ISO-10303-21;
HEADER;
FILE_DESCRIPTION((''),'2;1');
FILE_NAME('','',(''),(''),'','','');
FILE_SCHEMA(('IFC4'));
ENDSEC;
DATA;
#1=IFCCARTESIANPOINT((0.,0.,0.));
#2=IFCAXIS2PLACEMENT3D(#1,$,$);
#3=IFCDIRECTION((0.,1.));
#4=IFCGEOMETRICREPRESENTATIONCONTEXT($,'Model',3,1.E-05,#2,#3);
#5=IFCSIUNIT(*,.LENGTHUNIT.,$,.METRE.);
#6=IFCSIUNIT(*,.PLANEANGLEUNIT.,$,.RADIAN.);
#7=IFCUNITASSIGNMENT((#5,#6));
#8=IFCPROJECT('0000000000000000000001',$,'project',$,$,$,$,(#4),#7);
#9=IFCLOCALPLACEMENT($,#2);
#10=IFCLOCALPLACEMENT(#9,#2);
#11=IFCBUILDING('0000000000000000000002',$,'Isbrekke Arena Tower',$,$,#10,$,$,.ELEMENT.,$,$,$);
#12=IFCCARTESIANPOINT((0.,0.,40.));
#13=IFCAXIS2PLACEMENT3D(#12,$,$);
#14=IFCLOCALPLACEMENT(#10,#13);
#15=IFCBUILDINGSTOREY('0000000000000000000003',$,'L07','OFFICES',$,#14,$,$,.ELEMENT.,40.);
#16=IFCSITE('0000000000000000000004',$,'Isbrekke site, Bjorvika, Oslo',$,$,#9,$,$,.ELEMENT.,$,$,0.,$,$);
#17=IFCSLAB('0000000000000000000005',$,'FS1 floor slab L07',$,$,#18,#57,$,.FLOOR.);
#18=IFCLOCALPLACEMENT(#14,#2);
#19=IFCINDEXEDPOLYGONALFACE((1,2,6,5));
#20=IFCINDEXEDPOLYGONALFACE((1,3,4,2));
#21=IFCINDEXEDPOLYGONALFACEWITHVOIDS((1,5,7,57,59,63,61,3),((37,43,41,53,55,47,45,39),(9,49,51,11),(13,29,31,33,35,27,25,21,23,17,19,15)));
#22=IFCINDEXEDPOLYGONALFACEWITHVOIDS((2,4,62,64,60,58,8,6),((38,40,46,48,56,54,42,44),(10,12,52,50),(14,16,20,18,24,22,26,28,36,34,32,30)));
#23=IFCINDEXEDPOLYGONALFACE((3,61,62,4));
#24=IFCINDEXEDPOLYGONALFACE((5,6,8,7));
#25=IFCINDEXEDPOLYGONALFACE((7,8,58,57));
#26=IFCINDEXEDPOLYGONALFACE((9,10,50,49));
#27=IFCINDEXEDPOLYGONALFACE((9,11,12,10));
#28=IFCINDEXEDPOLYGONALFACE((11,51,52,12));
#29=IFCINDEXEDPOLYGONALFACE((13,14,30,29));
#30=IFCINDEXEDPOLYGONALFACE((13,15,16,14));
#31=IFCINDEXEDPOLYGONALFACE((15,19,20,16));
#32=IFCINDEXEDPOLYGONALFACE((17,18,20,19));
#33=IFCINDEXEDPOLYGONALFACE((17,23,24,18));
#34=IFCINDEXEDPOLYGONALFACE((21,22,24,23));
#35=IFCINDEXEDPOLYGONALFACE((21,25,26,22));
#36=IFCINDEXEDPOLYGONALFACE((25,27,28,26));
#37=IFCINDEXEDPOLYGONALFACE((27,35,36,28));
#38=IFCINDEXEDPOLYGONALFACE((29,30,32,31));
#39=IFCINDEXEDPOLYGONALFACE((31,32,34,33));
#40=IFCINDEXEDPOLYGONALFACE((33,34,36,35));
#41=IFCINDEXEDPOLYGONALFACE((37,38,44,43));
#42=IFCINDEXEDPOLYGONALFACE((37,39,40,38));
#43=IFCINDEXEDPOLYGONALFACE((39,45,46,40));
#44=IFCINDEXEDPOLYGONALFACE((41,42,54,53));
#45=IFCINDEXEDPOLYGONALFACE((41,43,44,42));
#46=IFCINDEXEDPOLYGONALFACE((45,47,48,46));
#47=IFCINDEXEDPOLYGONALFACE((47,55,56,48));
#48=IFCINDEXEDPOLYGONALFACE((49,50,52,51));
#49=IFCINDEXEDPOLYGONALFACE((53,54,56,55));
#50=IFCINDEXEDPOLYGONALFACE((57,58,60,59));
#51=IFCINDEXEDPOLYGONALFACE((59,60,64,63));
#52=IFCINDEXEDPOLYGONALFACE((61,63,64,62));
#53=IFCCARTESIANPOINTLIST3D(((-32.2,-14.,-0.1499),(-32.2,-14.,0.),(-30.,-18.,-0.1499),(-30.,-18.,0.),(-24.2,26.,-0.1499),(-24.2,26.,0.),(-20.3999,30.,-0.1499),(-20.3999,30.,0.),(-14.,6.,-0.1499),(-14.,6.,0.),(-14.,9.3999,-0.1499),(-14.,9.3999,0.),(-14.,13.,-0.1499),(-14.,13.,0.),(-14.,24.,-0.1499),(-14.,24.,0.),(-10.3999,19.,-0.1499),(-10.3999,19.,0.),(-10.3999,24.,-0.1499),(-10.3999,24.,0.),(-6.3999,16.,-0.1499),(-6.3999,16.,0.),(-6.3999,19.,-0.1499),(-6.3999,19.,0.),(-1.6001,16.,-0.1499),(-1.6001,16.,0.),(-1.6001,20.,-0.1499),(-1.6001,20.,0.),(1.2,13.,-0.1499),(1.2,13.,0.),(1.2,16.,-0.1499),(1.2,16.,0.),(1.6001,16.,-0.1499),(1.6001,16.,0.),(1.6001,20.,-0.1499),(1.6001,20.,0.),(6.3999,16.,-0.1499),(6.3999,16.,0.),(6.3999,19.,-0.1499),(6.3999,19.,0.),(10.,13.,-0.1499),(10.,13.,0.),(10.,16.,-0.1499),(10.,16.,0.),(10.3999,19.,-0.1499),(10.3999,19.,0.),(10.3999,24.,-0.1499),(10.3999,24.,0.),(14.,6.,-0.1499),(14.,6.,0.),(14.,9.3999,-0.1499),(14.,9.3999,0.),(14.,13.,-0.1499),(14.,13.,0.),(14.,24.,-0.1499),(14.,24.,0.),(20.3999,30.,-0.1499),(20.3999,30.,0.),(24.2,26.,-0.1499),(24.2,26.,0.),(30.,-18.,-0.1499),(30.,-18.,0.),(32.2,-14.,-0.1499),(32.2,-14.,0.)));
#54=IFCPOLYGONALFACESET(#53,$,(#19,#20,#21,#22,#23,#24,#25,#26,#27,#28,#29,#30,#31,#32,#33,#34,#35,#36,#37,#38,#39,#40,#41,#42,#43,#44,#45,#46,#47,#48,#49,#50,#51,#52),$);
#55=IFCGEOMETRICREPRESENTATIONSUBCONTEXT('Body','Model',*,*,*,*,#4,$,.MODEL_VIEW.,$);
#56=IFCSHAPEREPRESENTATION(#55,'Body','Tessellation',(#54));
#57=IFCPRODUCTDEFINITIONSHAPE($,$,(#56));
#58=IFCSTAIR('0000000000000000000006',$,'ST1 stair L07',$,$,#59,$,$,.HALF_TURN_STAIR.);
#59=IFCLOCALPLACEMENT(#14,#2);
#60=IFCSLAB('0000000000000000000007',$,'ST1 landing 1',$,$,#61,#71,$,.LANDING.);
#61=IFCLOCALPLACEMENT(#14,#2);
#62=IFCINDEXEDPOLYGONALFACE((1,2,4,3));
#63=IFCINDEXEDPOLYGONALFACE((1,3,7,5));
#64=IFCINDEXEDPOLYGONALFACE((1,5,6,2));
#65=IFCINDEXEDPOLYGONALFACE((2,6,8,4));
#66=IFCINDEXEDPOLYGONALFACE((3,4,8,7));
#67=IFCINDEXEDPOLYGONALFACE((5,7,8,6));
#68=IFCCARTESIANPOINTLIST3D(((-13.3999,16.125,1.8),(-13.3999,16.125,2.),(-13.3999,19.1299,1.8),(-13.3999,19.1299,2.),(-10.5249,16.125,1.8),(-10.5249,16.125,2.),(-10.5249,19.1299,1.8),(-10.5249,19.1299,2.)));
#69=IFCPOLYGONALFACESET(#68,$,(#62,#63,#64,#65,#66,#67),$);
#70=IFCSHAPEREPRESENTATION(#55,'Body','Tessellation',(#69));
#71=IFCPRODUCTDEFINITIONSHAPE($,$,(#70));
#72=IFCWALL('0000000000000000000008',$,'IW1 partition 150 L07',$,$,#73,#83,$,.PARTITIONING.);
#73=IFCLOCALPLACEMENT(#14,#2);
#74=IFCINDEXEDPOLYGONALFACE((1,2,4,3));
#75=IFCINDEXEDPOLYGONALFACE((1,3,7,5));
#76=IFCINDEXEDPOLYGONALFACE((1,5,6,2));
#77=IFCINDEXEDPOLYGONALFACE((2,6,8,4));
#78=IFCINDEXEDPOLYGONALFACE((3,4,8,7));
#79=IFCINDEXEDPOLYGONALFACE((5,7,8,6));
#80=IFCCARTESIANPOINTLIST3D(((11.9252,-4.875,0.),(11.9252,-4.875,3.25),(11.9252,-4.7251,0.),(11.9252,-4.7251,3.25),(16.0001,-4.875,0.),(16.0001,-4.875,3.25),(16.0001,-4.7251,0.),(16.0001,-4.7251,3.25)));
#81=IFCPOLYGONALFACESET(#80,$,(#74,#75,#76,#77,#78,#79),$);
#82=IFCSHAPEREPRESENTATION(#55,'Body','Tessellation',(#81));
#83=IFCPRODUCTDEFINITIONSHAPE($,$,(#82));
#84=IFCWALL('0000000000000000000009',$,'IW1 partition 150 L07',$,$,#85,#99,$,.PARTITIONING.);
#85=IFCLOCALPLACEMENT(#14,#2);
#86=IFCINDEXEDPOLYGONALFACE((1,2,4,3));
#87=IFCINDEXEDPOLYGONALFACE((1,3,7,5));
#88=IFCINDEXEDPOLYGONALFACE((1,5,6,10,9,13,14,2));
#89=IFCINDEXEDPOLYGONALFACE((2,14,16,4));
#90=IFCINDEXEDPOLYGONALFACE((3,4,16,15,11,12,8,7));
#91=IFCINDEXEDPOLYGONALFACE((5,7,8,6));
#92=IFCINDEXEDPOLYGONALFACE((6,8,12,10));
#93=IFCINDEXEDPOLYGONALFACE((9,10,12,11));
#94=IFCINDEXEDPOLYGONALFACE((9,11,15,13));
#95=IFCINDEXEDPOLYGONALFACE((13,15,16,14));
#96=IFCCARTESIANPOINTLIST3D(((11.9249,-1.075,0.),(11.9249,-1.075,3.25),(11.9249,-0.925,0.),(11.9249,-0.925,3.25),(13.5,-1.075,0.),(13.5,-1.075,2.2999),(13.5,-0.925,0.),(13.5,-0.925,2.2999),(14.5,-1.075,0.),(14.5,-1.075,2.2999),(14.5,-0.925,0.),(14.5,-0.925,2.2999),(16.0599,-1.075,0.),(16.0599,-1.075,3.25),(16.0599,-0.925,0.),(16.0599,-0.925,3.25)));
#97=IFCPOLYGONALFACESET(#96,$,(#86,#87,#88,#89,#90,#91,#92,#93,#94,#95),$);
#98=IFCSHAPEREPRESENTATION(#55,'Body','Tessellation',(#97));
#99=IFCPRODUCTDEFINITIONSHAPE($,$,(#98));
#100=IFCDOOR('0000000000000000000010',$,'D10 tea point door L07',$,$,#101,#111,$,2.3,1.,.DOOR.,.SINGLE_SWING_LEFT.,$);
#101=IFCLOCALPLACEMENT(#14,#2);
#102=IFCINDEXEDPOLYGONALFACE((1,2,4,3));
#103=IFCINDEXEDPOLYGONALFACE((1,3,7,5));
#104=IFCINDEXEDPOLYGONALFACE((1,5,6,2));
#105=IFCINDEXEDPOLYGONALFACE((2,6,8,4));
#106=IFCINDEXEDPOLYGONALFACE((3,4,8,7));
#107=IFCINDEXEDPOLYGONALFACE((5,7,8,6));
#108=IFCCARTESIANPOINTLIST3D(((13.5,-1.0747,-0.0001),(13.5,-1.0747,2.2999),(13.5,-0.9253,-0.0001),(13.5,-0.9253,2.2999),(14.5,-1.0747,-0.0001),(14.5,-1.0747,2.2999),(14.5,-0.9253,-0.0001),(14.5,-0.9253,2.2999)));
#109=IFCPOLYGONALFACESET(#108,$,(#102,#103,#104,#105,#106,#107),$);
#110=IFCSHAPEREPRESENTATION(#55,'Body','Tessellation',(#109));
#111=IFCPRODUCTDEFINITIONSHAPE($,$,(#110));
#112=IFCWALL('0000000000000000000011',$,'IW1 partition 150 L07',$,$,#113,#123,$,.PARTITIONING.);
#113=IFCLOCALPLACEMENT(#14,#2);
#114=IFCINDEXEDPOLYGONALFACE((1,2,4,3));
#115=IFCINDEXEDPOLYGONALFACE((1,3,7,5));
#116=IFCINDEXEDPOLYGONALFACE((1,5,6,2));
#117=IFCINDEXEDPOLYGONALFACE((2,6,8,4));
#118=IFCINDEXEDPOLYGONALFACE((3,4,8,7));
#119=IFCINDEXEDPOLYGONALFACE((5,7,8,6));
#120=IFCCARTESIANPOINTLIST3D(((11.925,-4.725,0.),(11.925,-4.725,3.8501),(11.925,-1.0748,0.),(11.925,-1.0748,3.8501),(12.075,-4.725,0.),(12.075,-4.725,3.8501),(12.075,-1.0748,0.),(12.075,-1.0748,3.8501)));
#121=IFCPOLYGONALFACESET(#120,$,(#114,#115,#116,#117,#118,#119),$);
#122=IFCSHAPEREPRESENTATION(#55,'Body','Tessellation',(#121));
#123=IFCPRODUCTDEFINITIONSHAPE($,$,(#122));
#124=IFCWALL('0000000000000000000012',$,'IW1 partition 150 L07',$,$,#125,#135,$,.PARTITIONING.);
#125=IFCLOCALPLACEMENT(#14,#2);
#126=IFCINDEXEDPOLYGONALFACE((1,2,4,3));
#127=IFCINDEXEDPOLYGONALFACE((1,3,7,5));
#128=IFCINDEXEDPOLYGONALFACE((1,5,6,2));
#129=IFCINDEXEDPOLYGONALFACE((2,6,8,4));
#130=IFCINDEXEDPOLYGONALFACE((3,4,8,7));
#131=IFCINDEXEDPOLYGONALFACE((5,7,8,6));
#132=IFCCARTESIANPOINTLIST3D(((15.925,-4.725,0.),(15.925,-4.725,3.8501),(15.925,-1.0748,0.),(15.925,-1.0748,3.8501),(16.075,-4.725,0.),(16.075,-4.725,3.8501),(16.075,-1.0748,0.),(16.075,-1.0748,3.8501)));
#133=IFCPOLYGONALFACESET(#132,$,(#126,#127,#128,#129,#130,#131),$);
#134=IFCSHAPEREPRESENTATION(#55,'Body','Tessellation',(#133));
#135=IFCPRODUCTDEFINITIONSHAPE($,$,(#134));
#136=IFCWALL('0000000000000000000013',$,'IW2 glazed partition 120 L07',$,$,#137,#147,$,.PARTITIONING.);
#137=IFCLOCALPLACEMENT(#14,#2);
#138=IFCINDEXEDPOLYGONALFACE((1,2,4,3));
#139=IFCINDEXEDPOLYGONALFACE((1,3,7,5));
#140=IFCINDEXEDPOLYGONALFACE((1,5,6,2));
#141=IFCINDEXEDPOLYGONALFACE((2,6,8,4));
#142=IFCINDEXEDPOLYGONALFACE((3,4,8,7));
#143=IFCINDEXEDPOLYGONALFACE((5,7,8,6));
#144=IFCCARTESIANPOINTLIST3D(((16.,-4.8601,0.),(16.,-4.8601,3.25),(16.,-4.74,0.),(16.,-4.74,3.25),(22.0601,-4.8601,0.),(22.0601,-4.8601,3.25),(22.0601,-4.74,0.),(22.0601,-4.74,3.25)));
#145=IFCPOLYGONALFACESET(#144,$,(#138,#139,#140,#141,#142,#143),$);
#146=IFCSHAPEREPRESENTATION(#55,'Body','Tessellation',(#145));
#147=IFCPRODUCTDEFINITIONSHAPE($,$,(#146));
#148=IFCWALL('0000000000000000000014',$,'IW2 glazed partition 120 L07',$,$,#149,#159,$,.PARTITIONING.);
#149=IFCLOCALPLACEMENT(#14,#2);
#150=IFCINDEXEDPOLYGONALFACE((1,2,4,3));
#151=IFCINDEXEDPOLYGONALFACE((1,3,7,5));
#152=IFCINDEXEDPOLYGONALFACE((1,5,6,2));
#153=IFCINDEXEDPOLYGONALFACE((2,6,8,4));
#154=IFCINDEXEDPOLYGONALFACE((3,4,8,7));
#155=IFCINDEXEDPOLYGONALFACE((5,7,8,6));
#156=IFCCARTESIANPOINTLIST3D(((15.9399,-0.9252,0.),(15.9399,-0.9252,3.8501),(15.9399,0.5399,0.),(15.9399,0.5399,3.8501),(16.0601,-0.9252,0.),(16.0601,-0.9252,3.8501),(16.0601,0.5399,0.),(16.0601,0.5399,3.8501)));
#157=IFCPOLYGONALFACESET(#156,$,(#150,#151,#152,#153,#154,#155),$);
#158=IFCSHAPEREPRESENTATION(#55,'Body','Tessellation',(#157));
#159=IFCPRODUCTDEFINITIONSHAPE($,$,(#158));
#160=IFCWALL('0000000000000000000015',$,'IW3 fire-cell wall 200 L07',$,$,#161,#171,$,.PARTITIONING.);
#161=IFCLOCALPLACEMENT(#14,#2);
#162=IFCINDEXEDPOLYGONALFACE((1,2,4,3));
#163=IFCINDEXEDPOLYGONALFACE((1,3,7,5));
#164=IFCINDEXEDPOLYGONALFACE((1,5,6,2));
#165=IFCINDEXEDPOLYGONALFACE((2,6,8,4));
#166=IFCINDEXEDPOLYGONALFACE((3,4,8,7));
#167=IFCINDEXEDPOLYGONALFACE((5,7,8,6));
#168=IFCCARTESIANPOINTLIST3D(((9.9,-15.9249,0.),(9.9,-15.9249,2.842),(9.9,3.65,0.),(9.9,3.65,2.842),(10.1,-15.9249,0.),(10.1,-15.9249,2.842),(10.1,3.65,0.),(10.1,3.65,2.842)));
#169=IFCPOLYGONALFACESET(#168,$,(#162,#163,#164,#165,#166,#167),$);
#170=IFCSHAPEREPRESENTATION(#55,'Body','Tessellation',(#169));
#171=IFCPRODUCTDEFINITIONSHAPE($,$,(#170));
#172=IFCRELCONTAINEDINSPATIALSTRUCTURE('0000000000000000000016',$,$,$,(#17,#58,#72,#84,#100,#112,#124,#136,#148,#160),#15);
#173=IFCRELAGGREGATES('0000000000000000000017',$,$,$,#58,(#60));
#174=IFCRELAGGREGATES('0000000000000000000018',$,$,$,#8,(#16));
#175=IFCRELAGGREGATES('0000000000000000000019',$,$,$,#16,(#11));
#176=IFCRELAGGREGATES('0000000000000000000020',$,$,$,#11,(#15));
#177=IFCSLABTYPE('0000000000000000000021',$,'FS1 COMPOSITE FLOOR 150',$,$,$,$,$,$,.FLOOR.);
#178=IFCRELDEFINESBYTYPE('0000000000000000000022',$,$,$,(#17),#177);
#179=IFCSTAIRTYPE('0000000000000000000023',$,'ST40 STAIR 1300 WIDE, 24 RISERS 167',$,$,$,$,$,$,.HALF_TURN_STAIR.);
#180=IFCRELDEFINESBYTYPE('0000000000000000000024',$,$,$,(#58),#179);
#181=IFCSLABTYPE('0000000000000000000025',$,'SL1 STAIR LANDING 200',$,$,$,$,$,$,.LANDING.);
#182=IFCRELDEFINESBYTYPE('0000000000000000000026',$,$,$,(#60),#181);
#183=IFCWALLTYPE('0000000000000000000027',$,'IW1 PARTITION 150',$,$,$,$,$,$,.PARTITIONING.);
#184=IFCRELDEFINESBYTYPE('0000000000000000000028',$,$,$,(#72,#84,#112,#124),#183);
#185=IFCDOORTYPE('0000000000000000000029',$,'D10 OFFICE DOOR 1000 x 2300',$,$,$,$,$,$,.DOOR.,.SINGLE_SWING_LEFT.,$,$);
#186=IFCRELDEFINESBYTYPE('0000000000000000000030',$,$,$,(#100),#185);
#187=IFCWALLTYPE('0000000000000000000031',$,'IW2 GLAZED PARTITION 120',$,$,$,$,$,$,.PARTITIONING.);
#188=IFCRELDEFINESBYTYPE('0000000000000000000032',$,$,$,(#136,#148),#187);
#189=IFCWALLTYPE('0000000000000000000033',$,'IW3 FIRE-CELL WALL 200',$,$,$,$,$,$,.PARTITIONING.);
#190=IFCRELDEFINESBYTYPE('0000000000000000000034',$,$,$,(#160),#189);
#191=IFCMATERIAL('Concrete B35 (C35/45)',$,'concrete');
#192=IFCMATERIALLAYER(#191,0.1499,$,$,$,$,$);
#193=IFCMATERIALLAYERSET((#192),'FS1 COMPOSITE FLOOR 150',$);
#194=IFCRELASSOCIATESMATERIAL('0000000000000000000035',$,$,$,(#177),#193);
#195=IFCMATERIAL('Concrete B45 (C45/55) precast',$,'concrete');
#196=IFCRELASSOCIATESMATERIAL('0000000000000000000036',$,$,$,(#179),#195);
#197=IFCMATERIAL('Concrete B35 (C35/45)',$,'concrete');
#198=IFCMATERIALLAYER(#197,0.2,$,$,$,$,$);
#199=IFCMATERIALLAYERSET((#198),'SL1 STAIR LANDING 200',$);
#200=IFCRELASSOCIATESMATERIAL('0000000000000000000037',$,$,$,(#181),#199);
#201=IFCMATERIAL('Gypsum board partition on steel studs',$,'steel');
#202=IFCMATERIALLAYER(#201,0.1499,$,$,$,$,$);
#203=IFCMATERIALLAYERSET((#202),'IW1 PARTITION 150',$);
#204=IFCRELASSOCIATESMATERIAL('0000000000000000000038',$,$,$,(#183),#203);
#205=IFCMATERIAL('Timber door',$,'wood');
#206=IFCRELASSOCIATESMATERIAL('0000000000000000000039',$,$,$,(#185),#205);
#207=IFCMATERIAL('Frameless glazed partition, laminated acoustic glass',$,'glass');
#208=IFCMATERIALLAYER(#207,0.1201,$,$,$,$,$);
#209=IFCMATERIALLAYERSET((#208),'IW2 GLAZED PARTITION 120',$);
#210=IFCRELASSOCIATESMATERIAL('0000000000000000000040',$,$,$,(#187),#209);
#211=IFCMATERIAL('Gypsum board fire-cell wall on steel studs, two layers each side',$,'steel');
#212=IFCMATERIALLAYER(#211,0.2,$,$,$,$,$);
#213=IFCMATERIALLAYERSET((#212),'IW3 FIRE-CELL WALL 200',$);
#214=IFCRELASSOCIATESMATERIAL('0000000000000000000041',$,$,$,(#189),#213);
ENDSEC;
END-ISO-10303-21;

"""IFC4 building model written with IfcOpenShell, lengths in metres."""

from ifc_helpers import new_model, si_unit, direction, frame, frame_2d, origin, place, context, subcontext, project, spatial, polyline, rectangle, outline, extrude, material, layer, layer_set, type_object, element, fill, aggregate, save


model = new_model("IFC4")

# Units and contexts
model_context = context("Model", 3, precision=1e-05, world=origin(), true_north=direction((0.0, 1.0)))
body_context = subcontext(model_context, "Body", "Model", "MODEL_VIEW")
ifc_project = project(units=[si_unit("LENGTHUNIT", "METRE"), si_unit("PLANEANGLEUNIT", "RADIAN")], contexts=[model_context])

# Site, building, storey
site_placement = place(None, origin())
site = spatial("IfcSite", under=ifc_project, at=site_placement, Name="Isbrekke site, Bjorvika, Oslo", CompositionType="ELEMENT", RefElevation=0.0)
building_placement = place(site_placement, origin())
building = spatial("IfcBuilding", under=site, at=building_placement, Name="Isbrekke Arena Tower", CompositionType="ELEMENT")
storey_placement = place(building_placement, frame((0.0, 0.0, 40.0)))
storey = spatial("IfcBuildingStorey", under=building, at=storey_placement, Name="L07", Description="OFFICES", CompositionType="ELEMENT", Elevation=40.0)

# Slab
ifc_material_1 = material(Name="Concrete B35 (C35/45)", Category="concrete")
ifc_layer_1 = layer(ifc_material_1, 0.1499)
ifc_layer_set_1 = layer_set([ifc_layer_1], Name="FS1 COMPOSITE FLOOR 150")
slab_type_1 = type_object("IfcSlabType", Name="FS1 COMPOSITE FLOOR 150", PredefinedType="FLOOR", material=ifc_layer_set_1)
slab_1_placement = place(storey_placement, frame((0.0, 0.0, -0.1499)))
element("IfcSlab", 1, at=slab_1_placement, inside=storey, type_object=slab_type_1, Name="FS1 floor slab L07", PredefinedType="FLOOR", context=body_context, shape_type="SweptSolid", body=[
    extrude(outline(polyline([(-30.0, -18.0), (30.0, -18.0), (32.2, -14.0), (24.2, 26.0), (20.3999, 30.0), (-20.3999, 30.0), (-24.2, 26.0), (-32.2, -14.0), (-30.0, -18.0)]), holes=[polyline([(14.0, 9.3999), (14.0, 6.0), (-14.0, 6.0), (-14.0, 9.3999), (14.0, 9.3999)]), polyline([(-6.3999, 19.0), (-6.3999, 16.0), (-1.6001, 16.0), (-1.6001, 20.0), (1.6001, 20.0), (1.6001, 16.0), (1.2, 16.0), (1.2, 13.0), (-14.0, 13.0), (-14.0, 24.0), (-10.3999, 24.0), (-10.3999, 19.0), (-6.3999, 19.0)]), polyline([(10.0, 13.0), (10.0, 16.0), (6.3999, 16.0), (6.3999, 19.0), (10.3999, 19.0), (10.3999, 24.0), (14.0, 24.0), (14.0, 13.0), (10.0, 13.0)])]), origin(), (0.0, 0.0, 1.0), 0.1499),
])

# Stair, slab
ifc_material_2 = material(Name="Concrete B45 (C45/55) precast", Category="concrete")
stair_type = type_object("IfcStairType", Name="ST40 STAIR 1300 WIDE, 24 RISERS 167", PredefinedType="HALF_TURN_STAIR", material=ifc_material_2)
stair_placement = place(storey_placement, origin())
stair = element("IfcStair", 2, at=stair_placement, inside=storey, type_object=stair_type, Name="ST1 stair L07", PredefinedType="HALF_TURN_STAIR")
ifc_material_3 = material(Name="Concrete B35 (C35/45)", Category="concrete")
ifc_layer_2 = layer(ifc_material_3, 0.2)
ifc_layer_set_2 = layer_set([ifc_layer_2], Name="SL1 STAIR LANDING 200")
slab_type_2 = type_object("IfcSlabType", Name="SL1 STAIR LANDING 200", PredefinedType="LANDING", material=ifc_layer_set_2)
slab_2_placement = place(storey_placement, frame((0.0, 0.0, 1.8)))
slab_2 = element("IfcSlab", 3, at=slab_2_placement, type_object=slab_type_2, Name="ST1 landing 1", PredefinedType="LANDING", context=body_context, shape_type="SweptSolid", body=[
    extrude(outline(polyline([(-13.3999, 16.125), (-10.5249, 16.125), (-10.5249, 19.1299), (-13.3999, 19.1299), (-13.3999, 16.125)])), origin(), (0.0, 0.0, 1.0), 0.2),
])
aggregate(stair, [slab_2])

# Wall
ifc_material_4 = material(Name="Gypsum board partition on steel studs", Category="steel")
ifc_layer_3 = layer(ifc_material_4, 0.1499)
ifc_layer_set_3 = layer_set([ifc_layer_3], Name="IW1 PARTITION 150")
wall_type_1 = type_object("IfcWallType", Name="IW1 PARTITION 150", PredefinedType="PARTITIONING", material=ifc_layer_set_3)
wall_1_placement = place(storey_placement, frame((11.925, -4.8, 0.0), z_axis=(0.0, 0.0, 1.0), x_axis=(1.0, 0.0, 0.0)))
element("IfcWall", 4, at=wall_1_placement, inside=storey, type_object=wall_type_1, Name="IW1 partition 150 L07", PredefinedType="PARTITIONING", context=body_context, shape_type="SweptSolid", body=[
    extrude(rectangle(XDim=4.075, YDim=0.1499, at=frame_2d((2.0376, 0.0))), origin(), (0.0, 0.0, 1.0), 3.25),
])

# Wall, opening, door
wall_2_placement = place(storey_placement, frame((11.925, -1.0, 0.0), z_axis=(0.0, 0.0, 1.0), x_axis=(1.0, 0.0, 0.0)))
wall_2 = element("IfcWall", 5, at=wall_2_placement, inside=storey, type_object=wall_type_1, Name="IW1 partition 150 L07", PredefinedType="PARTITIONING", context=body_context, shape_type="SweptSolid", body=[
    extrude(rectangle(XDim=4.135, YDim=0.1499, at=frame_2d((2.0674, 0.0))), origin(), (0.0, 0.0, 1.0), 3.25),
])
opening_placement = place(wall_2_placement, frame((1.575, 0.0, 0.0)))
opening = element("IfcOpeningElement", 6, at=opening_placement, cuts=wall_2, PredefinedType="OPENING", context=body_context, shape_type="SweptSolid", body=[
    extrude(rectangle(XDim=1.0, YDim=2.3, at=frame_2d((0.5, 1.1499))), frame((0.0, 0.0898, 0.0), z_axis=(0.0, -1.0, 0.0), x_axis=(1.0, 0.0, 0.0)), (0.0, 0.0, 1.0), 0.1797),
])
ifc_material_5 = material(Name="Timber door", Category="wood")
door_type = type_object("IfcDoorType", Name="D10 OFFICE DOOR 1000 x 2300", OperationType="SINGLE_SWING_LEFT", PredefinedType="DOOR", material=ifc_material_5)
door_placement = place(opening_placement, origin())
door = element("IfcDoor", 7, at=door_placement, inside=storey, type_object=door_type, Name="D10 tea point door L07", OperationType="SINGLE_SWING_LEFT", OverallHeight=2.3, OverallWidth=1.0, PredefinedType="DOOR", context=body_context, shape_type="SweptSolid", body=[
    extrude(rectangle(XDim=1.0, YDim=2.3, at=frame_2d((0.5, 1.1499))), frame((0.0, 0.0747, 0.0), z_axis=(0.0, -1.0, 0.0), x_axis=(1.0, 0.0, 0.0)), (0.0, 0.0, 1.0), 0.1494),
])
fill(opening, door)

# Walls
for number, where, z_axis, x_axis, name in (
    (8, (12.0, -4.7251, 0.0), (0.0, 0.0, 1.0), (0.0, 1.0, 0.0), "IW1 partition 150 L07"),
    (9, (16.0, -4.7251, 0.0), (0.0, 0.0, 1.0), (0.0, 1.0, 0.0), "IW1 partition 150 L07"),
):
    element("IfcWall", number, at=place(storey_placement, frame(where, z_axis=z_axis, x_axis=x_axis)), inside=storey, type_object=wall_type_1, Name=name, PredefinedType="PARTITIONING", context=body_context, shape_type="SweptSolid", body=[
        extrude(rectangle(XDim=3.6501, YDim=0.1499, at=frame_2d((1.8252, 0.0))), origin(), (0.0, 0.0, 1.0), 3.8501),
    ])
ifc_material_6 = material(Name="Frameless glazed partition, laminated acoustic glass", Category="glass")
ifc_layer_4 = layer(ifc_material_6, 0.1201)
ifc_layer_set_4 = layer_set([ifc_layer_4], Name="IW2 GLAZED PARTITION 120")
wall_type_2 = type_object("IfcWallType", Name="IW2 GLAZED PARTITION 120", PredefinedType="PARTITIONING", material=ifc_layer_set_4)
wall_3_placement = place(storey_placement, frame((16.0, -4.8, 0.0), z_axis=(0.0, 0.0, 1.0), x_axis=(1.0, 0.0, 0.0)))
element("IfcWall", 10, at=wall_3_placement, inside=storey, type_object=wall_type_2, Name="IW2 glazed partition 120 L07", PredefinedType="PARTITIONING", context=body_context, shape_type="SweptSolid", body=[
    extrude(rectangle(XDim=6.0601, YDim=0.1201, at=frame_2d((3.03, 0.0))), origin(), (0.0, 0.0, 1.0), 3.25),
])
wall_4_placement = place(storey_placement, frame((16.0, -0.925, 0.0), z_axis=(0.0, 0.0, 1.0), x_axis=(0.0, 1.0, 0.0)))
element("IfcWall", 11, at=wall_4_placement, inside=storey, type_object=wall_type_2, Name="IW2 glazed partition 120 L07", PredefinedType="PARTITIONING", context=body_context, shape_type="SweptSolid", body=[
    extrude(rectangle(XDim=1.4651, YDim=0.1201, at=frame_2d((0.7324, 0.0))), origin(), (0.0, 0.0, 1.0), 3.8501),
])
ifc_material_7 = material(Name="Gypsum board fire-cell wall on steel studs, two layers each side", Category="steel")
ifc_layer_5 = layer(ifc_material_7, 0.2)
ifc_layer_set_5 = layer_set([ifc_layer_5], Name="IW3 FIRE-CELL WALL 200")
wall_type_3 = type_object("IfcWallType", Name="IW3 FIRE-CELL WALL 200", PredefinedType="PARTITIONING", material=ifc_layer_set_5)
wall_5_placement = place(storey_placement, frame((10.0, -15.925, 0.0), z_axis=(0.0, 0.0, 1.0), x_axis=(0.0, 1.0, 0.0)))
element("IfcWall", 12, at=wall_5_placement, inside=storey, type_object=wall_type_3, Name="IW3 fire-cell wall 200 L07", PredefinedType="PARTITIONING", context=body_context, shape_type="SweptSolid", body=[
    extrude(rectangle(XDim=19.575, YDim=0.2, at=frame_2d((9.7876, 0.0))), origin(), (0.0, 0.0, 1.0), 2.842),
])

save(model, "model.ifc")
